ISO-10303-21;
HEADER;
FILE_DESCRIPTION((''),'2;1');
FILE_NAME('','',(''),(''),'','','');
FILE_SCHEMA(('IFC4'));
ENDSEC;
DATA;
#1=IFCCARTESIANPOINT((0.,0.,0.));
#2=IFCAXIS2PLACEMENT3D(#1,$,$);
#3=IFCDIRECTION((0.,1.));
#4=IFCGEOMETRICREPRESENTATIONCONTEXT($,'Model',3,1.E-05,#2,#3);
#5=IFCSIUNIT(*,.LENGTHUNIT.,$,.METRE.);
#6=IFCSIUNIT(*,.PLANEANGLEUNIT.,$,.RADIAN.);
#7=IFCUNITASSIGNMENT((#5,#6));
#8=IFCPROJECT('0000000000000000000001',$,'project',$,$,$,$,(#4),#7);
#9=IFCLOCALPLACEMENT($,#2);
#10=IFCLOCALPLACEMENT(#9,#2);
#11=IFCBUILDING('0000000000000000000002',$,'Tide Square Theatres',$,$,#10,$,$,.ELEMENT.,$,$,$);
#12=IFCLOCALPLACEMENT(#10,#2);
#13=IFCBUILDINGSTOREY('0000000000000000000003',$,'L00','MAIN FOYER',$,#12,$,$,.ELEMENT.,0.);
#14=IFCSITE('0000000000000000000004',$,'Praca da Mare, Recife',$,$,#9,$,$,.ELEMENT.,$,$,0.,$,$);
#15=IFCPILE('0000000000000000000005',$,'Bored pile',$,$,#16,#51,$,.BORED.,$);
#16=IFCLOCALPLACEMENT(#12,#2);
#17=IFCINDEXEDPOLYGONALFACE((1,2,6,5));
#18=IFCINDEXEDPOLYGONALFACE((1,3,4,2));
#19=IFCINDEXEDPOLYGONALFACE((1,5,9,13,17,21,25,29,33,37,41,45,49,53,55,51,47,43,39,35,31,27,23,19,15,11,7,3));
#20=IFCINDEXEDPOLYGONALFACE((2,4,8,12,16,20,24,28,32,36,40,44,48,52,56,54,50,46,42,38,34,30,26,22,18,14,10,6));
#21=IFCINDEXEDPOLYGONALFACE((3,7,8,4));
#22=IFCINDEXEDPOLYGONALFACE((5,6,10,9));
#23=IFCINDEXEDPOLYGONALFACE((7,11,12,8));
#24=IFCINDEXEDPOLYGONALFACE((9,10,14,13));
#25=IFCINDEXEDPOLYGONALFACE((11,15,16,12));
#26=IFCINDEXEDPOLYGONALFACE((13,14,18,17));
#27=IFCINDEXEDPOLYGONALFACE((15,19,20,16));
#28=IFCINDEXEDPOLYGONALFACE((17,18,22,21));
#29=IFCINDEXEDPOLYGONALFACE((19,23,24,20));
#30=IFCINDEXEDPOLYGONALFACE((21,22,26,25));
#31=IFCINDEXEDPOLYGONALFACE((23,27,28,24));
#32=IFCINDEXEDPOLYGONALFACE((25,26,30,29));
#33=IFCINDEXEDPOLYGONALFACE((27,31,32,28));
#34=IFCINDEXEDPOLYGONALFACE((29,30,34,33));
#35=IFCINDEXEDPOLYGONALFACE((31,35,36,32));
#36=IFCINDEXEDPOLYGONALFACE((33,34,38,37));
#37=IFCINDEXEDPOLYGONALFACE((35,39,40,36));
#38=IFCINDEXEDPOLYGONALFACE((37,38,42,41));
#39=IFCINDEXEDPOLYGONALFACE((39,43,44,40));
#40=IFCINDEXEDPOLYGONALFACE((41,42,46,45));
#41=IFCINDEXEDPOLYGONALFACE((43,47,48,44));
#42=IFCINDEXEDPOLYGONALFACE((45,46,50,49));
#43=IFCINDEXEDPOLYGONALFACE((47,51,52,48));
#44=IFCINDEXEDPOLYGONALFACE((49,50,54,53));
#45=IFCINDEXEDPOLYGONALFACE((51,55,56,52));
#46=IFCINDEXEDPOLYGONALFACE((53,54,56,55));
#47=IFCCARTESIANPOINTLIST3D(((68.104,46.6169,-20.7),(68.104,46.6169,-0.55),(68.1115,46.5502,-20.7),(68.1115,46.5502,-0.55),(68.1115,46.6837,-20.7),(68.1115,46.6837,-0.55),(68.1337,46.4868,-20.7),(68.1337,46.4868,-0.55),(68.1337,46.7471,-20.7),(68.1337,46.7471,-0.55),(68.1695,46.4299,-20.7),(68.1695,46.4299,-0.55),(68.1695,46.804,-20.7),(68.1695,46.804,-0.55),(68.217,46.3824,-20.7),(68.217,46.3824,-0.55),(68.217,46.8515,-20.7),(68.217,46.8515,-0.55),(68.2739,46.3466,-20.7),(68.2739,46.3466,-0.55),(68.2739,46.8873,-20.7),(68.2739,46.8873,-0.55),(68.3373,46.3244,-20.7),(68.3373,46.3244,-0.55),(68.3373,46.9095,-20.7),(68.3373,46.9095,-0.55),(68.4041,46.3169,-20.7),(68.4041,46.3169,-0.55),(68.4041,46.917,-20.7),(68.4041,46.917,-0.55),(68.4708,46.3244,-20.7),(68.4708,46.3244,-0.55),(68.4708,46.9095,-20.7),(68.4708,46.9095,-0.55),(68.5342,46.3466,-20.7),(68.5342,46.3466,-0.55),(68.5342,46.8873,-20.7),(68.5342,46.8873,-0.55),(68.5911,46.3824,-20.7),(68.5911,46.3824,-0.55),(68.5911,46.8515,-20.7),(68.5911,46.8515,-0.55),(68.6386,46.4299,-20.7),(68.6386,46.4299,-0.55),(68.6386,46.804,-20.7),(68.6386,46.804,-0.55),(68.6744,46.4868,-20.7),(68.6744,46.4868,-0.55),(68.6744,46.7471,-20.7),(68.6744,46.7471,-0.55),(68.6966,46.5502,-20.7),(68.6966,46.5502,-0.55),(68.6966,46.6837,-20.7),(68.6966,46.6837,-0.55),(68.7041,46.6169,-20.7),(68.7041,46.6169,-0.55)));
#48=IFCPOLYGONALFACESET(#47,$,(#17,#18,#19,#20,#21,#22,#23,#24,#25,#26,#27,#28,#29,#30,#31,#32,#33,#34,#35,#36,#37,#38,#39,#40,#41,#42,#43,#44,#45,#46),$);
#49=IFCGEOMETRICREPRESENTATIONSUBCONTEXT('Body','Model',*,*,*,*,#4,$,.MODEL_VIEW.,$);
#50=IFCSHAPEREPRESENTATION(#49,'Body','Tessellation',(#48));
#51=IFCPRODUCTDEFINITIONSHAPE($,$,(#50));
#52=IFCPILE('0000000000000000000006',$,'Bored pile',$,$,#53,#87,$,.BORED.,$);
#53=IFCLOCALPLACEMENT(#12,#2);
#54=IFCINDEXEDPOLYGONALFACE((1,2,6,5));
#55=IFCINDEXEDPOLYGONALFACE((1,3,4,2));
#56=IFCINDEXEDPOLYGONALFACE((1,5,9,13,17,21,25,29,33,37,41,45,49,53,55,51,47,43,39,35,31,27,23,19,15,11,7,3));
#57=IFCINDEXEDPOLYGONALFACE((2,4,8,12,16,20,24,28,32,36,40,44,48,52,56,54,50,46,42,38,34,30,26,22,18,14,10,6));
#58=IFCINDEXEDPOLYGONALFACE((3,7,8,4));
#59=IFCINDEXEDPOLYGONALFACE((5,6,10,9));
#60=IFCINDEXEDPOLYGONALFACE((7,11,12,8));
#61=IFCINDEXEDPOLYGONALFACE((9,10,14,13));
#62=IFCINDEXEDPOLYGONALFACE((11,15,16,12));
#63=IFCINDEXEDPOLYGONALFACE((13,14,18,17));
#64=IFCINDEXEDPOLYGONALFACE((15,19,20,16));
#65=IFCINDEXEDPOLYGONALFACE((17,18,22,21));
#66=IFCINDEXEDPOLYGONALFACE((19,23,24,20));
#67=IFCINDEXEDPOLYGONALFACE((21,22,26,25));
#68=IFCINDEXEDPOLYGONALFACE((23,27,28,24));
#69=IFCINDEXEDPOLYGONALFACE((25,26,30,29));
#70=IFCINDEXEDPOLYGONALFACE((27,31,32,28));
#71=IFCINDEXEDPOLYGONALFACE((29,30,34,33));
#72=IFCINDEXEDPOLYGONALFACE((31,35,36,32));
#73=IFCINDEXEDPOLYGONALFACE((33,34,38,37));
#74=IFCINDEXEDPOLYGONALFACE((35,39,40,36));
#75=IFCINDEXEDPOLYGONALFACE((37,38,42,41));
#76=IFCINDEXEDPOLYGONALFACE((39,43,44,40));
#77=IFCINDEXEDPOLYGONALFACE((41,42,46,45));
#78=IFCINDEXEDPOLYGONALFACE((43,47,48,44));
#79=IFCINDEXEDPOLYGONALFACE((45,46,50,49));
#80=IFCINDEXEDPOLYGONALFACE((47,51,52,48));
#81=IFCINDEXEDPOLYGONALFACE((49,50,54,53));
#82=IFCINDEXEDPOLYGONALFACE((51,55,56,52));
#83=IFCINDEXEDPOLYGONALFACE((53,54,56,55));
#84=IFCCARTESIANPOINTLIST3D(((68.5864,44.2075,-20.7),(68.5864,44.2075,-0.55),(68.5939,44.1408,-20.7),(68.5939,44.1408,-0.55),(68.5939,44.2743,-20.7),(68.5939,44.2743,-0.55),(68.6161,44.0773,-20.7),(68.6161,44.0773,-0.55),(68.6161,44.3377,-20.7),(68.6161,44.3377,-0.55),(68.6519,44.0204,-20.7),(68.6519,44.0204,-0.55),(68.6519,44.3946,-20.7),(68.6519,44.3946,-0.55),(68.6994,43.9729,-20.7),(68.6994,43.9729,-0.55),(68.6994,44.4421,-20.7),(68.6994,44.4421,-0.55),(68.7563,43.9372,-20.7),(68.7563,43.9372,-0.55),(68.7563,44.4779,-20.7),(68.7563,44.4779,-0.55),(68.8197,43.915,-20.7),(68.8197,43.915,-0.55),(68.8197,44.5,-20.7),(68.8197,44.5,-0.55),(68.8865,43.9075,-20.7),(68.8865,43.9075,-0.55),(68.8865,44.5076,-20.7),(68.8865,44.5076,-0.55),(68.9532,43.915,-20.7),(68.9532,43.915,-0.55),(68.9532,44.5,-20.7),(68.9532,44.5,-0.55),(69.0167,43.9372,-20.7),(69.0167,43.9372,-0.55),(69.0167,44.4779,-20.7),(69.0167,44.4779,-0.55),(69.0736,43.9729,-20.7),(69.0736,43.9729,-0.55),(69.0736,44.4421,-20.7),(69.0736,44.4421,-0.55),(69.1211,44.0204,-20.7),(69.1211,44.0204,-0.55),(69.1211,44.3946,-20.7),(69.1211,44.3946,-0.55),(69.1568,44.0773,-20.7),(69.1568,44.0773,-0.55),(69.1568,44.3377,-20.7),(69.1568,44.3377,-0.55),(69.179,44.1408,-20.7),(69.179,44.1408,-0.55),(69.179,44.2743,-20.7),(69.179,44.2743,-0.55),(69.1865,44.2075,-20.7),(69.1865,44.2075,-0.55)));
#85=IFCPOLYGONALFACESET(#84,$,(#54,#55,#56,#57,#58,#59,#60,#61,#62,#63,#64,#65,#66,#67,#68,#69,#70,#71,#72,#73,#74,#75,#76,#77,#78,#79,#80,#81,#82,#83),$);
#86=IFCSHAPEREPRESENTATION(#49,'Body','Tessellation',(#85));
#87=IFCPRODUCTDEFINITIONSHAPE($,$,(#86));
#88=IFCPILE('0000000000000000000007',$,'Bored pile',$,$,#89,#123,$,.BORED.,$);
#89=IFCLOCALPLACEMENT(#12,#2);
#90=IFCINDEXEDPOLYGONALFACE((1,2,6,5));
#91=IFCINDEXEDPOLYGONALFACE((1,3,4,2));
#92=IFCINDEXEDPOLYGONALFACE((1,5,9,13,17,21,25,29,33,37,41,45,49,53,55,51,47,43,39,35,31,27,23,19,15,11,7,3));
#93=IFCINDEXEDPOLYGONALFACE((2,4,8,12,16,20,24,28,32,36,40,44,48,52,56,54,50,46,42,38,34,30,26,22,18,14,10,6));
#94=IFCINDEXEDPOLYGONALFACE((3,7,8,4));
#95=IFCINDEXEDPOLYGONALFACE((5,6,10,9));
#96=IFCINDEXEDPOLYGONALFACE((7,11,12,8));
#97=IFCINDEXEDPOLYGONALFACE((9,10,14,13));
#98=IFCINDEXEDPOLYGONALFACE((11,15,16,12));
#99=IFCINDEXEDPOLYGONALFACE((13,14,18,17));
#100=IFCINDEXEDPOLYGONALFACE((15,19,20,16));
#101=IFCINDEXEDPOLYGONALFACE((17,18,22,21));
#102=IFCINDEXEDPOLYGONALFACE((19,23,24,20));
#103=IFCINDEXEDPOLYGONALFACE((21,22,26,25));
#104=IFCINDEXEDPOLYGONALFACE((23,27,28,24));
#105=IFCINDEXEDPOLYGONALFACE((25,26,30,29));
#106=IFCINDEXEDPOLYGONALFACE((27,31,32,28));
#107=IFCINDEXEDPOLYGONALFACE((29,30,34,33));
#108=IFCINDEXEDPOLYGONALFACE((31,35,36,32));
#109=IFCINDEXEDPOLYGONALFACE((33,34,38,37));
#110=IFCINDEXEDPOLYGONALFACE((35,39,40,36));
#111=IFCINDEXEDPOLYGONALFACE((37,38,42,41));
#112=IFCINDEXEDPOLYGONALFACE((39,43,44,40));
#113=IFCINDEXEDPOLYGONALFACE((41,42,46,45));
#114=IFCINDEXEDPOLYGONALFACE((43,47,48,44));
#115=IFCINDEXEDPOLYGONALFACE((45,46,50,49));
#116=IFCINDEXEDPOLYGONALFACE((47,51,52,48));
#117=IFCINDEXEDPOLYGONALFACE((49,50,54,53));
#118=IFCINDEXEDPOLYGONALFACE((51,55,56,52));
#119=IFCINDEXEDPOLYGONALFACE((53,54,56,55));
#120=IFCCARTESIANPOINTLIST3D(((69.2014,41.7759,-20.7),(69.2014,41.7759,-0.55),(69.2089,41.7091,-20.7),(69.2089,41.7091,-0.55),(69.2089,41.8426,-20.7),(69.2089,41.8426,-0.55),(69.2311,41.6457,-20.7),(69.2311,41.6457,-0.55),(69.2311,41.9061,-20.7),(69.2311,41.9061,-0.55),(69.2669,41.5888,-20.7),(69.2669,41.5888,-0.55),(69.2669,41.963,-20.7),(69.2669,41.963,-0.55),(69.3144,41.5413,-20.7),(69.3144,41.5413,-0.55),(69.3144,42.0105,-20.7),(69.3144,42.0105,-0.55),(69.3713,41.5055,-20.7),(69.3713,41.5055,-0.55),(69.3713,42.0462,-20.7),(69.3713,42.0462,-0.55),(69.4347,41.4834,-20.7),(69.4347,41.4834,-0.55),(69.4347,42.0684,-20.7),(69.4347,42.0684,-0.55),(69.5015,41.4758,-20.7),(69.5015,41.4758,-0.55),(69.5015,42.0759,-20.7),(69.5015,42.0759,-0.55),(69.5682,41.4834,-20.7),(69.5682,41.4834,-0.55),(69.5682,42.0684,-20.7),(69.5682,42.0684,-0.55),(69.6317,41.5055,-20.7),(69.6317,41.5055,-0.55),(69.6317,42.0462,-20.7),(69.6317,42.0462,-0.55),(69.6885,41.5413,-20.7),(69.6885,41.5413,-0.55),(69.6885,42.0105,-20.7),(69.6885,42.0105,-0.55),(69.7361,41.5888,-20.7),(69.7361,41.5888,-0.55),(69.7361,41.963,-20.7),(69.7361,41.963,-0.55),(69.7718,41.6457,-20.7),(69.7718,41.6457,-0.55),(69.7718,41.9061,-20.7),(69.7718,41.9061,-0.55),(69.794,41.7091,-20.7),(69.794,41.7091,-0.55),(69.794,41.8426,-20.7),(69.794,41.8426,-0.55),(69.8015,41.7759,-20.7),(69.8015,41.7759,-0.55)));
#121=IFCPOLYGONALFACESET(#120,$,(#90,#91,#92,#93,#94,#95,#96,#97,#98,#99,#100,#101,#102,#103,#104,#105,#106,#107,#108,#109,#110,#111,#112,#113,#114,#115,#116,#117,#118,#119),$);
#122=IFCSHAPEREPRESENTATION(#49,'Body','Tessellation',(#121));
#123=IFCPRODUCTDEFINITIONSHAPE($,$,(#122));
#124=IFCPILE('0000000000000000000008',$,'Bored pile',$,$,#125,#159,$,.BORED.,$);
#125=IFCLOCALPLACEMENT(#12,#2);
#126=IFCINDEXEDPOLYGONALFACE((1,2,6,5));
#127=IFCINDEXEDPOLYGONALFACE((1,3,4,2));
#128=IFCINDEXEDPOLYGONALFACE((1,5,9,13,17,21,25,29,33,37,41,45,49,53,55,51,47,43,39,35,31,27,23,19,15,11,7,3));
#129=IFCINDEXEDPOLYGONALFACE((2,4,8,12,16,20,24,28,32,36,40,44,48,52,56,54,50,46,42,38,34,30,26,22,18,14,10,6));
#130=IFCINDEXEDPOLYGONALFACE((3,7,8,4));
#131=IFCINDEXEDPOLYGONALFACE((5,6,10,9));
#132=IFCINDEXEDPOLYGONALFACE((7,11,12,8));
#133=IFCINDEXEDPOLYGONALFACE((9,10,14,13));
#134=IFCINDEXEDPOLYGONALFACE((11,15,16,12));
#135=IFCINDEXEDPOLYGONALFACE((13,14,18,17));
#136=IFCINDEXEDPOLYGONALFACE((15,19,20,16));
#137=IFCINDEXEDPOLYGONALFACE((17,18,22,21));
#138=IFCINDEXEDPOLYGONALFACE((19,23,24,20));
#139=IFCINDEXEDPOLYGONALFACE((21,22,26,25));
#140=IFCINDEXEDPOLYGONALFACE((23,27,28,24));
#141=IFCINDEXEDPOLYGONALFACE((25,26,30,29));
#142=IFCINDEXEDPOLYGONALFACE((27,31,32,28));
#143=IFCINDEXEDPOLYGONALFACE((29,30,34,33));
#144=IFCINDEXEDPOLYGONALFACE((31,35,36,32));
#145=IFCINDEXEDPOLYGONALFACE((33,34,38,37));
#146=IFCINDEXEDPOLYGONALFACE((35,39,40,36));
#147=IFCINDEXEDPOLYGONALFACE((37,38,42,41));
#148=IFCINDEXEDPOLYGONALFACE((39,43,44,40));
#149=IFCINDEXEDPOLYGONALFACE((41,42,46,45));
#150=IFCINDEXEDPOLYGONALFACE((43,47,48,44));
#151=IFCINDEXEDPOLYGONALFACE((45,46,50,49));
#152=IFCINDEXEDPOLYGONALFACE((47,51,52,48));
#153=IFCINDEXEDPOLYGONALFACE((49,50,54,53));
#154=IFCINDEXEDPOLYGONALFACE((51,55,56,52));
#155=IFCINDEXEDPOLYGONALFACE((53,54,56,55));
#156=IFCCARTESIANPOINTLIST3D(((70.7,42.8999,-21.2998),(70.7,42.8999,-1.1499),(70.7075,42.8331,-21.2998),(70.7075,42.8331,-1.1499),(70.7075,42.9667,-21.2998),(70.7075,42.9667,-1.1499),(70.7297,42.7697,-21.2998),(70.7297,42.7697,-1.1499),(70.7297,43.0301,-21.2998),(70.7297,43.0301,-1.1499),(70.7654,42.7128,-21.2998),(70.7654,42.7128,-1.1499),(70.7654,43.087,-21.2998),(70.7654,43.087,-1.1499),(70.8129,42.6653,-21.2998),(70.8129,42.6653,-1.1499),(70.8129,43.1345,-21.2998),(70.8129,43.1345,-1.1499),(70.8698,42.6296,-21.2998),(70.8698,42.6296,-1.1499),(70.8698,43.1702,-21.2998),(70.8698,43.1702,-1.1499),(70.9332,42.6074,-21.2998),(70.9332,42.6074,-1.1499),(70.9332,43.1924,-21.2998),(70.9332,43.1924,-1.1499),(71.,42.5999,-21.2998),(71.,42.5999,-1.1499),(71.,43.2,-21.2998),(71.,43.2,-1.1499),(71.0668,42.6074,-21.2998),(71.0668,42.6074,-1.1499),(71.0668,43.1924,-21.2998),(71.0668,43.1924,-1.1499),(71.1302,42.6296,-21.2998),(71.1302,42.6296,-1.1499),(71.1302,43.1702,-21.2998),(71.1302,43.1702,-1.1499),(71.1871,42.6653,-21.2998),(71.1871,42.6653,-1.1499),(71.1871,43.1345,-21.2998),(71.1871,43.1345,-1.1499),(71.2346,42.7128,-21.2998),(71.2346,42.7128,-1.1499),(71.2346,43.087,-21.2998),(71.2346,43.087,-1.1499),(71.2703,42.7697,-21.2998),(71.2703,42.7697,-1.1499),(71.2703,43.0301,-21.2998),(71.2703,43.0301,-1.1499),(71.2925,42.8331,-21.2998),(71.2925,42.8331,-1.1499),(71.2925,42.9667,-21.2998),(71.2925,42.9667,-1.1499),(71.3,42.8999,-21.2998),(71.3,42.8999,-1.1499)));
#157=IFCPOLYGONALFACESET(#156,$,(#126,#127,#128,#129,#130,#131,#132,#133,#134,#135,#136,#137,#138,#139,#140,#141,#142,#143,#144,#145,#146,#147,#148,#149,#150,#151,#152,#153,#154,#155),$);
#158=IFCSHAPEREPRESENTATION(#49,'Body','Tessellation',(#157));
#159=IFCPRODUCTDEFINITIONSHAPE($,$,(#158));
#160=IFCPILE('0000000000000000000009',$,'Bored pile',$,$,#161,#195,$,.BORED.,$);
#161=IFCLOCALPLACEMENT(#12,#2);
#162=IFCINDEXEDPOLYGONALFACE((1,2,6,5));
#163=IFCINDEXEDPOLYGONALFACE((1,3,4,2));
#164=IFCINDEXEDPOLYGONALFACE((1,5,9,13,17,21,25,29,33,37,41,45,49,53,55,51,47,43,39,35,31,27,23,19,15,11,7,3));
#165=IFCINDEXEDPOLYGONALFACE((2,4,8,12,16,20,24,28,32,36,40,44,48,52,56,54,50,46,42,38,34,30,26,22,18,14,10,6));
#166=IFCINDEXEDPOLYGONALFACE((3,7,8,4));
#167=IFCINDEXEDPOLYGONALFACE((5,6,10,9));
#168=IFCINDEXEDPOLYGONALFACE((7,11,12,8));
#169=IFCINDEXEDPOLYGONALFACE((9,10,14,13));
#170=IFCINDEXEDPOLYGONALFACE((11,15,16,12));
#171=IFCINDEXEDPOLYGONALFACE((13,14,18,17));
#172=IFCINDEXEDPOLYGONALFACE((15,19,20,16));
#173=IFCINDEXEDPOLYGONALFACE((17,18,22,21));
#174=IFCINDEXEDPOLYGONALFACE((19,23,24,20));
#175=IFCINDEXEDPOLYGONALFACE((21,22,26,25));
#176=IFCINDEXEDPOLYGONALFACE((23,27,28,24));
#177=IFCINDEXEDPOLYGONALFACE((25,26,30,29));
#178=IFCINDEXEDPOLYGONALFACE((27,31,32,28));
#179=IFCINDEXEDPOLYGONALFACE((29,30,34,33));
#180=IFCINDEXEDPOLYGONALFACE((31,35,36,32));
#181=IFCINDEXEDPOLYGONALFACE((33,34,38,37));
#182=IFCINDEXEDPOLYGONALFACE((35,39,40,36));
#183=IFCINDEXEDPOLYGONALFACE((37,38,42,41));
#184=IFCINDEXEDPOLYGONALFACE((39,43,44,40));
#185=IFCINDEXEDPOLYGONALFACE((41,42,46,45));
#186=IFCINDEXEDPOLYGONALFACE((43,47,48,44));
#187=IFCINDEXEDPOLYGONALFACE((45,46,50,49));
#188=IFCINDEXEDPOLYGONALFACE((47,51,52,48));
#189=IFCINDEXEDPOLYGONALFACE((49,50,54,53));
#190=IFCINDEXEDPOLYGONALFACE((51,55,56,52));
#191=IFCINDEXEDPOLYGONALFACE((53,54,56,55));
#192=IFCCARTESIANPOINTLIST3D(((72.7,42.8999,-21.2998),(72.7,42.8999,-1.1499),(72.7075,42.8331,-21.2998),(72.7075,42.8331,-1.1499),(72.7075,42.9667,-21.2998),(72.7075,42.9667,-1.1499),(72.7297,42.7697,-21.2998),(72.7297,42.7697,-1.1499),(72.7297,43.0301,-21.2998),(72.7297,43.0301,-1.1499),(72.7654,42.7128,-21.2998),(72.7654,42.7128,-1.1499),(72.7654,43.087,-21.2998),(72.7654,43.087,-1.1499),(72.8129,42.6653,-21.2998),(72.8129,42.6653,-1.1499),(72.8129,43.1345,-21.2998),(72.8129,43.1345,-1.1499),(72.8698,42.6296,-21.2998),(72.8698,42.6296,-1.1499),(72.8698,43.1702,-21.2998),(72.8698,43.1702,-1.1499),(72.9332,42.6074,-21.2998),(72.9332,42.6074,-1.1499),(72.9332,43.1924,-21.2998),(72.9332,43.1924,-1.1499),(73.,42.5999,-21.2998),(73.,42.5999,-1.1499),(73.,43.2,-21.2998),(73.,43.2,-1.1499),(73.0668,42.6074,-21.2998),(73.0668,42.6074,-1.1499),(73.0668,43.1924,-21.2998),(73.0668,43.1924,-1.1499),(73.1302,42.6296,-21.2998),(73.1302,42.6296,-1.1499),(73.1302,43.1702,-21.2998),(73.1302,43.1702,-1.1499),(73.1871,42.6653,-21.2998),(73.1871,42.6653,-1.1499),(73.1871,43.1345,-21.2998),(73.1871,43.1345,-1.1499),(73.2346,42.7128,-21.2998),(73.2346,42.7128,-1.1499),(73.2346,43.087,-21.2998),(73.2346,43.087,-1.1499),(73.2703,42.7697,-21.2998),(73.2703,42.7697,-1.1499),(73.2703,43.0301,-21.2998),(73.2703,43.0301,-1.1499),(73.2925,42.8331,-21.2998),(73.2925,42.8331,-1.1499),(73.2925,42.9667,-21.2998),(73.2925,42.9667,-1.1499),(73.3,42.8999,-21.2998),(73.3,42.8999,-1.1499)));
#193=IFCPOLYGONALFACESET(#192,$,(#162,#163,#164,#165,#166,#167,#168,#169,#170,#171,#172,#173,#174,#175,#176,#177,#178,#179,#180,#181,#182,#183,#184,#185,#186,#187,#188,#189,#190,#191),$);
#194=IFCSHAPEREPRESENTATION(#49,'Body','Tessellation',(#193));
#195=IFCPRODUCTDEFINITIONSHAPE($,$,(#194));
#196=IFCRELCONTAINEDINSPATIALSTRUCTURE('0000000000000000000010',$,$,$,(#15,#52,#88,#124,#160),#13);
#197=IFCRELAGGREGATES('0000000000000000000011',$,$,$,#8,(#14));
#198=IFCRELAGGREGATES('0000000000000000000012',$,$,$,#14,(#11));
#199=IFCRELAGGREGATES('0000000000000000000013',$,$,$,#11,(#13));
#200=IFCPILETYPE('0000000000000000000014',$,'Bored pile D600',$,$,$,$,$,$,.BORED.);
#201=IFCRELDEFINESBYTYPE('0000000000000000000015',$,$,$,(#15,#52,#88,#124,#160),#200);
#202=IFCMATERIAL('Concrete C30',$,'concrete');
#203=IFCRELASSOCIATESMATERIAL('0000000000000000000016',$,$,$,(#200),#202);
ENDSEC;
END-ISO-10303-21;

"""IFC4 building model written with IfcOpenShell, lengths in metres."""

from ifc_helpers import new_model, si_unit, direction, frame, origin, origin_2d, place, context, subcontext, project, spatial, circle, extrude, material, material_profile, profile_set, type_object, element, save


model = new_model("IFC4")

# Units and contexts
model_context = context("Model", 3, precision=1e-05, world=origin(), true_north=direction((0.0, 1.0)))
body_context = subcontext(model_context, "Body", "Model", "MODEL_VIEW")
ifc_project = project(units=[si_unit("LENGTHUNIT", "METRE"), si_unit("PLANEANGLEUNIT", "RADIAN")], contexts=[model_context])

# Site, building, storey
site_placement = place(None, origin())
site = spatial("IfcSite", under=ifc_project, at=site_placement, Name="Praca da Mare, Recife", CompositionType="ELEMENT", RefElevation=0.0)
building_placement = place(site_placement, origin())
building = spatial("IfcBuilding", under=site, at=building_placement, Name="Tide Square Theatres", CompositionType="ELEMENT")
storey_placement = place(building_placement, origin())
storey = spatial("IfcBuildingStorey", under=building, at=storey_placement, Name="L00", Description="MAIN FOYER", CompositionType="ELEMENT", Elevation=0.0)

# Piles
ifc_material_1 = material(Name="Concrete C30", Category="concrete")
ifc_material_profile_1 = material_profile(ifc_material_1, circle(Radius=0.3, at=origin_2d()))
ifc_profile_set_1 = profile_set([ifc_material_profile_1], Name="Concrete C30")
pile_type = type_object("IfcPileType", Name="Bored pile D600", PredefinedType="BORED", material=ifc_profile_set_1)
for number, where, z_axis, x_axis, name in (
    (1, (68.4041, 46.6169, -0.55), (0.0, 0.0, -1.0), (1.0, 0.0, 0.0), "Bored pile"),
    (2, (68.8865, 44.2075, -0.55), (0.0, 0.0, -1.0), (1.0, 0.0, 0.0), "Bored pile"),
    (3, (69.5015, 41.7759, -0.55), (0.0, 0.0, -1.0), (1.0, 0.0, 0.0), "Bored pile"),
    (4, (71.0, 42.8999, -1.1499), (0.0, 0.0, -1.0), (1.0, 0.0, 0.0), "Bored pile"),
    (5, (73.0, 42.8999, -1.1499), (0.0, 0.0, -1.0), (1.0, 0.0, 0.0), "Bored pile"),
):
    element("IfcPile", number, at=place(storey_placement, frame(where, z_axis=z_axis, x_axis=x_axis)), inside=storey, type_object=pile_type, Name=name, PredefinedType="BORED", context=body_context, shape_type="SweptSolid", body=[
        extrude(circle(Radius=0.3, at=origin_2d()), origin(), (0.0, 0.0, 1.0), 20.1499),
    ])

save(model, "model.ifc")
